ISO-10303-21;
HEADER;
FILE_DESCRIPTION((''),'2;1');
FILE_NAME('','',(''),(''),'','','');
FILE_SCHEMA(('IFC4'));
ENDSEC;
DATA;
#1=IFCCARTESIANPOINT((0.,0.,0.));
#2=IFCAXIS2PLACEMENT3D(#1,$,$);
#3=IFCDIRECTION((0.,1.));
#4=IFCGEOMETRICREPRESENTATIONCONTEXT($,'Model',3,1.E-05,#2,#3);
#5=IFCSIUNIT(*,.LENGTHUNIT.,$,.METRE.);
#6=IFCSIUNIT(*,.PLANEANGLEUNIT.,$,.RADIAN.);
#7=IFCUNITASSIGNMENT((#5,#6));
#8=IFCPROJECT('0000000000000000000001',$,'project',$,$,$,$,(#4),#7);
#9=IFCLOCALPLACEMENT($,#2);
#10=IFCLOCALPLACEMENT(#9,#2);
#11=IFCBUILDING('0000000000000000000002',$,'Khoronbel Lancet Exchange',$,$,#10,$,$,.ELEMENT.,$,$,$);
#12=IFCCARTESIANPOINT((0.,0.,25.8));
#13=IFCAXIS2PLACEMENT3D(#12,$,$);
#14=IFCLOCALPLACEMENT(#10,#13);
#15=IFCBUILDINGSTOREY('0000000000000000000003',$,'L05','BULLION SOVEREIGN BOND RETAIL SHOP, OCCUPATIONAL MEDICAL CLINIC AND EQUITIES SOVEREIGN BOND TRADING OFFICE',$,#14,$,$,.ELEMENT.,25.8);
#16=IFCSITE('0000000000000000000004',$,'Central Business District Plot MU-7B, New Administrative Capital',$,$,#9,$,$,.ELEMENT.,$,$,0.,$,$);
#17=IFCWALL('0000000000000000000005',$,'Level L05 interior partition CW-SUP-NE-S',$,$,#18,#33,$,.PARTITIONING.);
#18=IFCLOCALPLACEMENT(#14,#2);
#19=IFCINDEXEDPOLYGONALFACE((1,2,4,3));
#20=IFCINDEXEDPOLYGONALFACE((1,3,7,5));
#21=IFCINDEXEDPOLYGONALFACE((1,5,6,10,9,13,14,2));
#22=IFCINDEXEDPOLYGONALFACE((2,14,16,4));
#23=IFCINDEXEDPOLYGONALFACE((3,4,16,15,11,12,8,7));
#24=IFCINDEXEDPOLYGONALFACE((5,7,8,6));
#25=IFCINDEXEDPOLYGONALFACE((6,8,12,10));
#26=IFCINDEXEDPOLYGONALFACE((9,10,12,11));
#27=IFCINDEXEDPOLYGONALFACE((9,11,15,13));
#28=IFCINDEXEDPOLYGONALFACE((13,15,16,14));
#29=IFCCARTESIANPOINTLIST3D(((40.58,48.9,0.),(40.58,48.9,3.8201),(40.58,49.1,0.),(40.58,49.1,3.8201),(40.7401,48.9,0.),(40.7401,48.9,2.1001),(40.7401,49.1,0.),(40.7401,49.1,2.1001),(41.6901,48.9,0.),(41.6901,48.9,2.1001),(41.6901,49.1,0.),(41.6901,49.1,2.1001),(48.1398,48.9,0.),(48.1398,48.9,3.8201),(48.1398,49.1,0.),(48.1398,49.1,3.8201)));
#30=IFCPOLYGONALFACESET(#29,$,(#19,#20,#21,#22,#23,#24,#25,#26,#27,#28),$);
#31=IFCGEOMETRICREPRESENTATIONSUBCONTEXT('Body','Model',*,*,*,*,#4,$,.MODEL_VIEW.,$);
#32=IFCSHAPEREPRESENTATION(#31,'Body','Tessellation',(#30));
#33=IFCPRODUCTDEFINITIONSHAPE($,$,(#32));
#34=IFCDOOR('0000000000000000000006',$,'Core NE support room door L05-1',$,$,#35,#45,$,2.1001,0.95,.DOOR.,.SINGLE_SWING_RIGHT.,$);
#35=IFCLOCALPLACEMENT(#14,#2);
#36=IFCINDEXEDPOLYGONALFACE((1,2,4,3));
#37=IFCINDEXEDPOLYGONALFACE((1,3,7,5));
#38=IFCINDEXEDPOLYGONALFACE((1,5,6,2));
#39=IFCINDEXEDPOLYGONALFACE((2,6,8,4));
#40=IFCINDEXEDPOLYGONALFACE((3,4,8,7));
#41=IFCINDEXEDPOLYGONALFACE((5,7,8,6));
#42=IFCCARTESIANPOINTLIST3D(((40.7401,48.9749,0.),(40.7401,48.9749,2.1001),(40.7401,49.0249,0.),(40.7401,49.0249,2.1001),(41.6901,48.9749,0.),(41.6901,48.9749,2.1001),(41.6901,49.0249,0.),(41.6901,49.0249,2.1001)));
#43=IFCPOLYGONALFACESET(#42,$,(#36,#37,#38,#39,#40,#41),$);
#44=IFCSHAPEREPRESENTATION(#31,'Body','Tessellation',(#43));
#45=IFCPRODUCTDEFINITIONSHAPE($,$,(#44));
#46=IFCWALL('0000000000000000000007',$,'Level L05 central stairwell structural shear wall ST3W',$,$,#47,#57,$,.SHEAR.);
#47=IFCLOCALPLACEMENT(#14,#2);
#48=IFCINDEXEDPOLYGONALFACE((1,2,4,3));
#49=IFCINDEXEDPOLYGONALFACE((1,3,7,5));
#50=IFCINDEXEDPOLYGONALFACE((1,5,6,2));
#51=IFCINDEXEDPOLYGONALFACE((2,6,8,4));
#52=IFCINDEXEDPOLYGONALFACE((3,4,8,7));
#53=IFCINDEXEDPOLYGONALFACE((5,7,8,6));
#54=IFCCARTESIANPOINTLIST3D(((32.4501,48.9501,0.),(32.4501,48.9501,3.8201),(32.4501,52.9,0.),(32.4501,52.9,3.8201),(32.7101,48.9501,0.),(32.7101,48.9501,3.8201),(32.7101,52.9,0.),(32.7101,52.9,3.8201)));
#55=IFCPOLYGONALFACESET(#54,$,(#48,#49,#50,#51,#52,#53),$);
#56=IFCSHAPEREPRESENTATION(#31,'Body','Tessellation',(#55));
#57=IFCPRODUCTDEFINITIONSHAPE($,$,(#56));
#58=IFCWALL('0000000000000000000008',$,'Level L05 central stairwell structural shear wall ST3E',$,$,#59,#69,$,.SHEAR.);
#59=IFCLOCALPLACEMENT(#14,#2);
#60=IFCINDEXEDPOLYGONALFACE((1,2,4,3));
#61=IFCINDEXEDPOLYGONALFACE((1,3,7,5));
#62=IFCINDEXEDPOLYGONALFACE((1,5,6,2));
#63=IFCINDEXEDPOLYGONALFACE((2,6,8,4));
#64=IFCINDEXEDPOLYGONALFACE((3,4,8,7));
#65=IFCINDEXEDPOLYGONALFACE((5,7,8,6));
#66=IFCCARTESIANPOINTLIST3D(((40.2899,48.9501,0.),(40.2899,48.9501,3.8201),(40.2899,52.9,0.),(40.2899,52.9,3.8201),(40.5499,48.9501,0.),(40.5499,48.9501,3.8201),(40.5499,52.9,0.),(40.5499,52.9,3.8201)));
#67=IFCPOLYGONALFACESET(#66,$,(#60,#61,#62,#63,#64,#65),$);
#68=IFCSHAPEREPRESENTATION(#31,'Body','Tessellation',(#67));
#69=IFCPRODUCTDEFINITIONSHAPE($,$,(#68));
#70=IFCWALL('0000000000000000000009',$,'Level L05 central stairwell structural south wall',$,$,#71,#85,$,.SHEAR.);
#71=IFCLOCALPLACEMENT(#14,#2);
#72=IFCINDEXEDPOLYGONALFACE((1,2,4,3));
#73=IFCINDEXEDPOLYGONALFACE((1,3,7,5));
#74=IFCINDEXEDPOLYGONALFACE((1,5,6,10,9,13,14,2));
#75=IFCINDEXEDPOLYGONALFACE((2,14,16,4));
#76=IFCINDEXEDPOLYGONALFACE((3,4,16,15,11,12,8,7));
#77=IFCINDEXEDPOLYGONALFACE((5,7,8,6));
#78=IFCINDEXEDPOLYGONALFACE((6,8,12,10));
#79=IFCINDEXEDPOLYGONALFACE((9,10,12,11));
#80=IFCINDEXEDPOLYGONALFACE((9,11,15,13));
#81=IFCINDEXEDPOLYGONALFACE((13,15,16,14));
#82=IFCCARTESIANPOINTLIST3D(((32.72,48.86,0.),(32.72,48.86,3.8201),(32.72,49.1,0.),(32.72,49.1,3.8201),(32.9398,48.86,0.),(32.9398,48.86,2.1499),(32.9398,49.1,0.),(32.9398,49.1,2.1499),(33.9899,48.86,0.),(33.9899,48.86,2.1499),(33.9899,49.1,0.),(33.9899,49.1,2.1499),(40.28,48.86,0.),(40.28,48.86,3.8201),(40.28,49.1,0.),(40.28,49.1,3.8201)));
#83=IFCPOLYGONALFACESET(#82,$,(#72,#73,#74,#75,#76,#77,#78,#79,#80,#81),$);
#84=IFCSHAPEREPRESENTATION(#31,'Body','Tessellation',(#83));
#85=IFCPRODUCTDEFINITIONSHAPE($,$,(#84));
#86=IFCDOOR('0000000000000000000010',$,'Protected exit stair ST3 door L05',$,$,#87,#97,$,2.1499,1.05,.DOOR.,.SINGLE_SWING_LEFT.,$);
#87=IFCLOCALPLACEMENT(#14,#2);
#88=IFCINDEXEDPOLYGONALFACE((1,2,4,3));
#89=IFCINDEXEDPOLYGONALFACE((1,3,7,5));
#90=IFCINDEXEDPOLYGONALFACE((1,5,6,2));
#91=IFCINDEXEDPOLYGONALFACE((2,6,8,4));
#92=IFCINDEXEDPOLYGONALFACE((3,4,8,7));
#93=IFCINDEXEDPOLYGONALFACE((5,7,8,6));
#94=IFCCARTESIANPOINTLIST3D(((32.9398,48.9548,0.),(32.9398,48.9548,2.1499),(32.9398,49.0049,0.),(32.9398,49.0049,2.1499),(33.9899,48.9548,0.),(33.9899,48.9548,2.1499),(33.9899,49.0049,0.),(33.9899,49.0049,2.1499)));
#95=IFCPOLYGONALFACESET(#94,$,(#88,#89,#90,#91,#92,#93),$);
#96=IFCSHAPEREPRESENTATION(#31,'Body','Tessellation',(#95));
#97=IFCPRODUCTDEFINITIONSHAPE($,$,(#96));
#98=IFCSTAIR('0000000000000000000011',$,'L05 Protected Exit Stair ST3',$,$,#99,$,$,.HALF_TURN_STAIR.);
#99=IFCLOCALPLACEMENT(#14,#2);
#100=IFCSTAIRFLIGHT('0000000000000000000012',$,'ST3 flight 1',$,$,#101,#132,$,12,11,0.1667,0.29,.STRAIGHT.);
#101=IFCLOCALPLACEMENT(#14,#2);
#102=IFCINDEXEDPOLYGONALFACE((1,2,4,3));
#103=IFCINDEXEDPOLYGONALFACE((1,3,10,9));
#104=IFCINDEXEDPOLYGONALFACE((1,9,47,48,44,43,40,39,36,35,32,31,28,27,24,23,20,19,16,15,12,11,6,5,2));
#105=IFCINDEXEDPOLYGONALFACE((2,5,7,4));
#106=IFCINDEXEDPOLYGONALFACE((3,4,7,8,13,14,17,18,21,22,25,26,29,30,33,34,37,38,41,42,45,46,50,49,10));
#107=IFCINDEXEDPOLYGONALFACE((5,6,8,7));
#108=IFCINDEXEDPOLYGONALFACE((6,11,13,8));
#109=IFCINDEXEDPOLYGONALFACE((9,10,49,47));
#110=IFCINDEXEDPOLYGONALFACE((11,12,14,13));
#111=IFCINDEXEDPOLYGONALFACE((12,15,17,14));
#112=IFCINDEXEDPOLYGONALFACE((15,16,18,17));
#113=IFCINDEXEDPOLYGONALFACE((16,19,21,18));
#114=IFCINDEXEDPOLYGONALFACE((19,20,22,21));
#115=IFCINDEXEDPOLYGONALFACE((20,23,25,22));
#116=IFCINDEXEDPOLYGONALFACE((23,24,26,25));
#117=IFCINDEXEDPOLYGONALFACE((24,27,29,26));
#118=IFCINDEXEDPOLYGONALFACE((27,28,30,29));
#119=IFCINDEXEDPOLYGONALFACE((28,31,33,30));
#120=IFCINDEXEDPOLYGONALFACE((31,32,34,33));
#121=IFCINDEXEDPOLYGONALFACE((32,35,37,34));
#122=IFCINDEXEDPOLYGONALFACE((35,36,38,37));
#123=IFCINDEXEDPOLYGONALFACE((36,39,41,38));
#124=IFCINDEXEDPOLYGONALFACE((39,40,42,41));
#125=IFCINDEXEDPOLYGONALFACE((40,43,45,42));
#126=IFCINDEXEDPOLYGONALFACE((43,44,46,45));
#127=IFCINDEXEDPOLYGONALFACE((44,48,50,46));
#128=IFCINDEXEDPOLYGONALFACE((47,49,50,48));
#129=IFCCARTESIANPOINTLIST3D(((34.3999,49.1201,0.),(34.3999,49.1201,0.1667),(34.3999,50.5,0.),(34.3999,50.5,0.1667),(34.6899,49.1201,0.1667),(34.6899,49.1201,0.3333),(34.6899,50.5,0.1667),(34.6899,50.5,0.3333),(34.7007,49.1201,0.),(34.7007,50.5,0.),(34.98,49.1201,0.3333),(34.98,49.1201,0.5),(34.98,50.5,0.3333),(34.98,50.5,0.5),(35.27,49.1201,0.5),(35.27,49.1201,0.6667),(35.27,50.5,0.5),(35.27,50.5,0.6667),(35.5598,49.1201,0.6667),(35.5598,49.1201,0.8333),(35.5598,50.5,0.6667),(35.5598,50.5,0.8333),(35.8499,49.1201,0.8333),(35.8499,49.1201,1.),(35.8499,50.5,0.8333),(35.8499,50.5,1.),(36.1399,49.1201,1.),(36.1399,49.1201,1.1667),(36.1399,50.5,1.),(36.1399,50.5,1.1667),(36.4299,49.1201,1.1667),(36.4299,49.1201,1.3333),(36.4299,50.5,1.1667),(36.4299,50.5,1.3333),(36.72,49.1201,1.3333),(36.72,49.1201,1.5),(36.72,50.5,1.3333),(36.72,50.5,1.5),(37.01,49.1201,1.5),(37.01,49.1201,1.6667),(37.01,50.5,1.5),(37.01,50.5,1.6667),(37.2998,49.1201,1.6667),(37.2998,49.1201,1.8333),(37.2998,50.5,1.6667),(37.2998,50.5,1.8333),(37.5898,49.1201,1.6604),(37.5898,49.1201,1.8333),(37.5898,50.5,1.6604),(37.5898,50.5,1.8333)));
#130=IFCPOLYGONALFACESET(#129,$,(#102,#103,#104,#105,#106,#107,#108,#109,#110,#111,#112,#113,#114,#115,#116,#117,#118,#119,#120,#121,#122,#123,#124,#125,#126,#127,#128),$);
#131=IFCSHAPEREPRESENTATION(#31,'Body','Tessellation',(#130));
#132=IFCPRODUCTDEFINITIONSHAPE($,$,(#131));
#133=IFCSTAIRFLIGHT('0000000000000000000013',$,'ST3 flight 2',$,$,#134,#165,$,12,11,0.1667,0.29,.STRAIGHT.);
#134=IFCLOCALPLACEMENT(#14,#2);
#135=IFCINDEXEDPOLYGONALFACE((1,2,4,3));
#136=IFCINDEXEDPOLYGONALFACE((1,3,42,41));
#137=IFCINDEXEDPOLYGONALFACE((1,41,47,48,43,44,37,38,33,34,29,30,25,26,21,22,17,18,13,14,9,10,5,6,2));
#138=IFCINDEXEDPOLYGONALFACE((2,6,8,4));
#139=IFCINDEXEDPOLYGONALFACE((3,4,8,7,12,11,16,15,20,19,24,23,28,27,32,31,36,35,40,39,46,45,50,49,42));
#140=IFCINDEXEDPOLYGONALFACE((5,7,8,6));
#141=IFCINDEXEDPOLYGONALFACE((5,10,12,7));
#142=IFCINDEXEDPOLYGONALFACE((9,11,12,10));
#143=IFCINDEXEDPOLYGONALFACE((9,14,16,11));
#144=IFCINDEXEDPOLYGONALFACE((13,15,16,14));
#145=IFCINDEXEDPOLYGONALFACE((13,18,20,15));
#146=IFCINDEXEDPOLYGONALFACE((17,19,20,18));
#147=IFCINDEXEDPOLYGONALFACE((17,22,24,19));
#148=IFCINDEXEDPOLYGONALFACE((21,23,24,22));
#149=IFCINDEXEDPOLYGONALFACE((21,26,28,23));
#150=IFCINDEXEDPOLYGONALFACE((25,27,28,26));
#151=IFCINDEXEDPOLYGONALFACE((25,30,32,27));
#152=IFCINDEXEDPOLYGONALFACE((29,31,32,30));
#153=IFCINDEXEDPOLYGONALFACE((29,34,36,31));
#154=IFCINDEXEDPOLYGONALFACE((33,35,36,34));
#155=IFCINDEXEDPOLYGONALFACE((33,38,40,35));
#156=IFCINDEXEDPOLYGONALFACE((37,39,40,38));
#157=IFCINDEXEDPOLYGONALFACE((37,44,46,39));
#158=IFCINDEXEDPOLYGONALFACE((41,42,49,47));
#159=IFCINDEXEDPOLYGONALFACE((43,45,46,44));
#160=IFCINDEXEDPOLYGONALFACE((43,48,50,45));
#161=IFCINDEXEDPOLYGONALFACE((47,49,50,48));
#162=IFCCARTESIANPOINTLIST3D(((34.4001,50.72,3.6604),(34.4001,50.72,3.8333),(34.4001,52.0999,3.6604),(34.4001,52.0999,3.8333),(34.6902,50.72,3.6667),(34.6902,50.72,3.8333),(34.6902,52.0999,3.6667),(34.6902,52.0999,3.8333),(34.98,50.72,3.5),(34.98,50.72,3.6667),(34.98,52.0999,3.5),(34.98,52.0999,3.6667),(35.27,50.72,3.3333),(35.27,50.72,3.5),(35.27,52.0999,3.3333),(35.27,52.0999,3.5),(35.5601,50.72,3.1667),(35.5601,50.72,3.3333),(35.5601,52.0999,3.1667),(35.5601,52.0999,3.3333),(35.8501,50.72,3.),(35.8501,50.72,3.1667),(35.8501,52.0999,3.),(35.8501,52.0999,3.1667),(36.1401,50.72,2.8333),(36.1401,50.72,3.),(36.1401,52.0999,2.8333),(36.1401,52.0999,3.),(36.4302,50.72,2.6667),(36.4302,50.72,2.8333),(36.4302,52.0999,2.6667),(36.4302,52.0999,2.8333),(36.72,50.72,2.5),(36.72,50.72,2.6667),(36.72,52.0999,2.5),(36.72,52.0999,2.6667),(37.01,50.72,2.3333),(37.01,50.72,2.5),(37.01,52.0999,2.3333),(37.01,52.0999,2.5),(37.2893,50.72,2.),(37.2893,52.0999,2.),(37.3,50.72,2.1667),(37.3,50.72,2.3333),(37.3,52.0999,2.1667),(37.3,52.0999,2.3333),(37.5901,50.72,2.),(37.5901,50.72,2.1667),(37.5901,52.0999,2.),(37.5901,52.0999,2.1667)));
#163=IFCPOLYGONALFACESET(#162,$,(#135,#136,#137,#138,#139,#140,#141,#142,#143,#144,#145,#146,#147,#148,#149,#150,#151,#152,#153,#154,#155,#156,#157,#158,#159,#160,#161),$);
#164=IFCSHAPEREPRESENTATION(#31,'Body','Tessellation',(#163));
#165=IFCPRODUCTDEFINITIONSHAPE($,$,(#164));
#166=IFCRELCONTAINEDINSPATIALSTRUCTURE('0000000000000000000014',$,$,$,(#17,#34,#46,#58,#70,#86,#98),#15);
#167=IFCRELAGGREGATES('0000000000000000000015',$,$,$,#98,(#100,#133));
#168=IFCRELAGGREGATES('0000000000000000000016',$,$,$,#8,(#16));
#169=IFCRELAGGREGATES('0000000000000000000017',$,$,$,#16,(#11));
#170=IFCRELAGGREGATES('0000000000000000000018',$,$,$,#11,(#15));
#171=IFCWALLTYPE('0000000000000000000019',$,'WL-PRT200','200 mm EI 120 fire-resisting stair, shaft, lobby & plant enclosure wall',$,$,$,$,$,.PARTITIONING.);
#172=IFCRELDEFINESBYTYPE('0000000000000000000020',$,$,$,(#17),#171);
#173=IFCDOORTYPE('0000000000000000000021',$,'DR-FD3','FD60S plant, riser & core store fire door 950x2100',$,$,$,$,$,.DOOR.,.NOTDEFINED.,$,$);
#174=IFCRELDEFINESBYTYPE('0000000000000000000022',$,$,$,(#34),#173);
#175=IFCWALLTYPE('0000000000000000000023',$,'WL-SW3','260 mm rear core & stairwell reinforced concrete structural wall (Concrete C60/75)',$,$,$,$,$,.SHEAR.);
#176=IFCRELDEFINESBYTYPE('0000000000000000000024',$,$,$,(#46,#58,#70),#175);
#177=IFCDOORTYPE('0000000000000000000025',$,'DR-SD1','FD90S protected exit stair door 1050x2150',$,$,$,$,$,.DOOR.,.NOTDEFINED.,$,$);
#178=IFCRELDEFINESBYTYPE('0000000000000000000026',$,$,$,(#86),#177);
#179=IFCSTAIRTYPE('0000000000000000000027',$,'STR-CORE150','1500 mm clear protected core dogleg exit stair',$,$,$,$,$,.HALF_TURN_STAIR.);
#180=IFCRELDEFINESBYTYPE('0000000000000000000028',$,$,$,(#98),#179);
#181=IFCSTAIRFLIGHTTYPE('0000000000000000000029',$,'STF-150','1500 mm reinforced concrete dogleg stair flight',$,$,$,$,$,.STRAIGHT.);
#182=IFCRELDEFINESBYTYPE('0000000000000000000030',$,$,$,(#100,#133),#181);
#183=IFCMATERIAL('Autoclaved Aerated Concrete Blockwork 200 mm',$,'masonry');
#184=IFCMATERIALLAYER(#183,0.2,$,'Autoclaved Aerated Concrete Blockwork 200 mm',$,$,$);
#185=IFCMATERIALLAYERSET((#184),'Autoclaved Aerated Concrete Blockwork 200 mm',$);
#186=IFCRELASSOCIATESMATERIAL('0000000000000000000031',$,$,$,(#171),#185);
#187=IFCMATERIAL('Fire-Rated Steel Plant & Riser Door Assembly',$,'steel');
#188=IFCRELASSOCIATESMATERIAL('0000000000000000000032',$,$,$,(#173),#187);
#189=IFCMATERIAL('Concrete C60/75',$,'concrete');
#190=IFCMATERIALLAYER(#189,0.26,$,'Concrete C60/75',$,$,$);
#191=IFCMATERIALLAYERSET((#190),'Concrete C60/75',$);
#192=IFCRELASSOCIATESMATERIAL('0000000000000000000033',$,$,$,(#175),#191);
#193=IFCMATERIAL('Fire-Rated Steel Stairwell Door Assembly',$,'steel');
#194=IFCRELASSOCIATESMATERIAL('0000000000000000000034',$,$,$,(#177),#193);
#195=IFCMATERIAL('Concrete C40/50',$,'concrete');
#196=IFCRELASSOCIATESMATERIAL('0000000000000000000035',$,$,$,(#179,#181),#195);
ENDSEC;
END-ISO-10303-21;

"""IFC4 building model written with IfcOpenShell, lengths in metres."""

from ifc_helpers import new_model, si_unit, direction, frame, frame_2d, origin, place, context, subcontext, project, spatial, polyline, rectangle, outline, extrude, material, layer, layer_set, type_object, element, fill, aggregate, save


model = new_model("IFC4")

# Units and contexts
model_context = context("Model", 3, precision=1e-05, world=origin(), true_north=direction((0.0, 1.0)))
body_context = subcontext(model_context, "Body", "Model", "MODEL_VIEW")
ifc_project = project(units=[si_unit("LENGTHUNIT", "METRE"), si_unit("PLANEANGLEUNIT", "RADIAN")], contexts=[model_context])

# Site, building, storey
site_placement = place(None, origin())
site = spatial("IfcSite", under=ifc_project, at=site_placement, Name="Central Business District Plot MU-7B, New Administrative Capital", CompositionType="ELEMENT", RefElevation=0.0)
building_placement = place(site_placement, origin())
building = spatial("IfcBuilding", under=site, at=building_placement, Name="Khoronbel Lancet Exchange", CompositionType="ELEMENT")
storey_placement = place(building_placement, frame((0.0, 0.0, 25.8)))
storey = spatial("IfcBuildingStorey", under=building, at=storey_placement, Name="L05", Description="BULLION SOVEREIGN BOND RETAIL SHOP, OCCUPATIONAL MEDICAL CLINIC AND EQUITIES SOVEREIGN BOND TRADING OFFICE", CompositionType="ELEMENT", Elevation=25.8)

# Shared definitions
ifc_material_1 = material(Name="Autoclaved Aerated Concrete Blockwork 200 mm", Category="masonry")
ifc_layer_1 = layer(ifc_material_1, 0.2, Name="Autoclaved Aerated Concrete Blockwork 200 mm")
ifc_layer_set_1 = layer_set([ifc_layer_1], Name="Autoclaved Aerated Concrete Blockwork 200 mm")
wall_type_1 = type_object("IfcWallType", Name="WL-PRT200", Description="200 mm EI 120 fire-resisting stair, shaft, lobby & plant enclosure wall", PredefinedType="PARTITIONING", material=ifc_layer_set_1)

# Wall, opening, door
wall_1_placement = place(storey_placement, frame((40.5801, 49.0, 0.0), z_axis=(0.0, 0.0, 1.0), x_axis=(1.0, 0.0, 0.0)))
wall_1 = element("IfcWall", 1, at=wall_1_placement, inside=storey, type_object=wall_type_1, Name="Level L05 interior partition CW-SUP-NE-S", PredefinedType="PARTITIONING", context=body_context, shape_type="SweptSolid", body=[
    extrude(rectangle(XDim=7.5598, YDim=0.2, at=frame_2d((3.7798, 0.0))), origin(), (0.0, 0.0, 1.0), 3.8201),
])
opening_1_placement = place(wall_1_placement, frame((0.1599, 0.0, 0.0)))
opening_1 = element("IfcOpeningElement", 2, at=opening_1_placement, cuts=wall_1, PredefinedType="OPENING", context=body_context, shape_type="SweptSolid", body=[
    extrude(rectangle(XDim=0.95, YDim=2.1001, at=frame_2d((0.4751, 1.05))), frame((0.0, 0.1099, 0.0), z_axis=(0.0, -1.0, 0.0), x_axis=(1.0, 0.0, 0.0)), (0.0, 0.0, 1.0), 0.22),
])
ifc_material_2 = material(Name="Fire-Rated Steel Plant & Riser Door Assembly", Category="steel")
door_type_1 = type_object("IfcDoorType", Name="DR-FD3", Description="FD60S plant, riser & core store fire door 950x2100", OperationType="NOTDEFINED", PredefinedType="DOOR", material=ifc_material_2)
door_1_placement = place(opening_1_placement, origin())
door_1 = element("IfcDoor", 3, at=door_1_placement, inside=storey, type_object=door_type_1, Name="Core NE support room door L05-1", OperationType="SINGLE_SWING_RIGHT", OverallHeight=2.1001, OverallWidth=0.95, PredefinedType="DOOR", context=body_context, shape_type="SweptSolid", body=[
    extrude(rectangle(XDim=0.95, YDim=2.1001, at=frame_2d((0.4751, 1.05))), frame((0.0, 0.0249, 0.0), z_axis=(0.0, -1.0, 0.0), x_axis=(1.0, 0.0, 0.0)), (0.0, 0.0, 1.0), 0.05),
])
fill(opening_1, door_1)

# Walls
ifc_material_3 = material(Name="Concrete C60/75", Category="concrete")
ifc_layer_2 = layer(ifc_material_3, 0.26, Name="Concrete C60/75")
ifc_layer_set_2 = layer_set([ifc_layer_2], Name="Concrete C60/75")
wall_type_2 = type_object("IfcWallType", Name="WL-SW3", Description="260 mm rear core & stairwell reinforced concrete structural wall (Concrete C60/75)", PredefinedType="SHEAR", material=ifc_layer_set_2)
for number, where, z_axis, x_axis, name in (
    (4, (32.5801, 48.95, 0.0), (0.0, 0.0, 1.0), (0.0, 1.0, 0.0), "Level L05 central stairwell structural shear wall ST3W"),
    (5, (40.4199, 48.95, 0.0), (0.0, 0.0, 1.0), (0.0, 1.0, 0.0), "Level L05 central stairwell structural shear wall ST3E"),
):
    element("IfcWall", number, at=place(storey_placement, frame(where, z_axis=z_axis, x_axis=x_axis)), inside=storey, type_object=wall_type_2, Name=name, PredefinedType="SHEAR", context=body_context, shape_type="SweptSolid", body=[
        extrude(rectangle(XDim=3.95, YDim=0.26, at=frame_2d((1.9751, 0.0))), origin(), (0.0, 0.0, 1.0), 3.8201),
    ])

# Wall, opening, door
wall_2_placement = place(storey_placement, frame((32.72, 48.98, 0.0), z_axis=(0.0, 0.0, 1.0), x_axis=(1.0, 0.0, 0.0)))
wall_2 = element("IfcWall", 6, at=wall_2_placement, inside=storey, type_object=wall_type_2, Name="Level L05 central stairwell structural south wall", PredefinedType="SHEAR", context=body_context, shape_type="SweptSolid", body=[
    extrude(rectangle(XDim=7.5601, YDim=0.24, at=frame_2d((3.78, 0.0))), origin(), (0.0, 0.0, 1.0), 3.8201),
])
opening_2_placement = place(wall_2_placement, frame((0.22, 0.0, 0.0)))
opening_2 = element("IfcOpeningElement", 7, at=opening_2_placement, cuts=wall_2, PredefinedType="OPENING", context=body_context, shape_type="SweptSolid", body=[
    extrude(rectangle(XDim=1.05, YDim=2.1499, at=frame_2d((0.5249, 1.075))), frame((0.0, 0.1299, 0.0), z_axis=(0.0, -1.0, 0.0), x_axis=(1.0, 0.0, 0.0)), (0.0, 0.0, 1.0), 0.26),
])
ifc_material_4 = material(Name="Fire-Rated Steel Stairwell Door Assembly", Category="steel")
door_type_2 = type_object("IfcDoorType", Name="DR-SD1", Description="FD90S protected exit stair door 1050x2150", OperationType="NOTDEFINED", PredefinedType="DOOR", material=ifc_material_4)
door_2_placement = place(opening_2_placement, origin())
door_2 = element("IfcDoor", 8, at=door_2_placement, inside=storey, type_object=door_type_2, Name="Protected exit stair ST3 door L05", OperationType="SINGLE_SWING_LEFT", OverallHeight=2.1499, OverallWidth=1.05, PredefinedType="DOOR", context=body_context, shape_type="SweptSolid", body=[
    extrude(rectangle(XDim=1.05, YDim=2.1499, at=frame_2d((0.5249, 1.075))), frame((0.0, 0.0249, 0.0), z_axis=(0.0, -1.0, 0.0), x_axis=(1.0, 0.0, 0.0)), (0.0, 0.0, 1.0), 0.05),
])
fill(opening_2, door_2)

# Stair, stair flights
ifc_material_5 = material(Name="Concrete C40/50", Category="concrete")
stair_type = type_object("IfcStairType", Name="STR-CORE150", Description="1500 mm clear protected core dogleg exit stair", PredefinedType="HALF_TURN_STAIR", material=ifc_material_5)
stair_placement = place(storey_placement, origin())
stair = element("IfcStair", 9, at=stair_placement, inside=storey, type_object=stair_type, Name="L05 Protected Exit Stair ST3", PredefinedType="HALF_TURN_STAIR")
stair_flight_type = type_object("IfcStairFlightType", Name="STF-150", Description="1500 mm reinforced concrete dogleg stair flight", PredefinedType="STRAIGHT", material=ifc_material_5)
stair_flight_1_placement = place(storey_placement, frame((34.3999, 49.8101, 0.0), z_axis=(0.0, 0.0, 1.0), x_axis=(1.0, 0.0, 0.0)))
stair_flight_1 = element("IfcStairFlight", 10, at=stair_flight_1_placement, type_object=stair_flight_type, Name="ST3 flight 1", NumberOfRisers=12, NumberOfTreads=11, PredefinedType="STRAIGHT", RiserHeight=0.1667, TreadLength=0.29, context=body_context, shape_type="SweptSolid", body=[
    extrude(outline(polyline([(0.0, 0.0), (0.0, 0.1667), (0.29, 0.1667), (0.29, 0.3333), (0.5801, 0.3333), (0.5801, 0.5), (0.8701, 0.5), (0.8701, 0.6667), (1.1599, 0.6667), (1.1599, 0.8333), (1.45, 0.8333), (1.45, 1.0), (1.74, 1.0), (1.74, 1.1667), (2.03, 1.1667), (2.03, 1.3333), (2.3201, 1.3333), (2.3201, 1.5), (2.6101, 1.5), (2.6101, 1.6667), (2.8999, 1.6667), (2.8999, 1.8333), (3.1899, 1.8333), (3.1899, 2.0), (3.1899, 1.6604), (0.3008, 0.0), (0.0, 0.0)])), frame((0.0, 0.6899, 0.0), z_axis=(0.0, -1.0, 0.0), x_axis=(1.0, 0.0, 0.0)), (0.0, 0.0, 1.0), 1.3799),
])
stair_flight_2_placement = place(storey_placement, frame((37.5901, 51.4099, 2.0), z_axis=(0.0, 0.0, 1.0), x_axis=(-1.0, 0.0, 0.0)))
stair_flight_2 = element("IfcStairFlight", 11, at=stair_flight_2_placement, type_object=stair_flight_type, Name="ST3 flight 2", NumberOfRisers=12, NumberOfTreads=11, PredefinedType="STRAIGHT", RiserHeight=0.1667, TreadLength=0.29, context=body_context, shape_type="SweptSolid", body=[
    extrude(outline(polyline([(0.0, 0.0), (0.0, 0.1667), (0.29, 0.1667), (0.29, 0.3333), (0.5801, 0.3333), (0.5801, 0.5), (0.8701, 0.5), (0.8701, 0.6667), (1.1599, 0.6667), (1.1599, 0.8333), (1.45, 0.8333), (1.45, 1.0), (1.74, 1.0), (1.74, 1.1667), (2.03, 1.1667), (2.03, 1.3333), (2.3201, 1.3333), (2.3201, 1.5), (2.6101, 1.5), (2.6101, 1.6667), (2.8999, 1.6667), (2.8999, 1.8333), (3.1899, 1.8333), (3.1899, 2.0), (3.1899, 1.6604), (0.3008, 0.0), (0.0, 0.0)])), frame((0.0, 0.6899, 0.0), z_axis=(0.0, -1.0, 0.0), x_axis=(1.0, 0.0, 0.0)), (0.0, 0.0, 1.0), 1.3799),
])
aggregate(stair, [stair_flight_1, stair_flight_2])

save(model, "model.ifc")
